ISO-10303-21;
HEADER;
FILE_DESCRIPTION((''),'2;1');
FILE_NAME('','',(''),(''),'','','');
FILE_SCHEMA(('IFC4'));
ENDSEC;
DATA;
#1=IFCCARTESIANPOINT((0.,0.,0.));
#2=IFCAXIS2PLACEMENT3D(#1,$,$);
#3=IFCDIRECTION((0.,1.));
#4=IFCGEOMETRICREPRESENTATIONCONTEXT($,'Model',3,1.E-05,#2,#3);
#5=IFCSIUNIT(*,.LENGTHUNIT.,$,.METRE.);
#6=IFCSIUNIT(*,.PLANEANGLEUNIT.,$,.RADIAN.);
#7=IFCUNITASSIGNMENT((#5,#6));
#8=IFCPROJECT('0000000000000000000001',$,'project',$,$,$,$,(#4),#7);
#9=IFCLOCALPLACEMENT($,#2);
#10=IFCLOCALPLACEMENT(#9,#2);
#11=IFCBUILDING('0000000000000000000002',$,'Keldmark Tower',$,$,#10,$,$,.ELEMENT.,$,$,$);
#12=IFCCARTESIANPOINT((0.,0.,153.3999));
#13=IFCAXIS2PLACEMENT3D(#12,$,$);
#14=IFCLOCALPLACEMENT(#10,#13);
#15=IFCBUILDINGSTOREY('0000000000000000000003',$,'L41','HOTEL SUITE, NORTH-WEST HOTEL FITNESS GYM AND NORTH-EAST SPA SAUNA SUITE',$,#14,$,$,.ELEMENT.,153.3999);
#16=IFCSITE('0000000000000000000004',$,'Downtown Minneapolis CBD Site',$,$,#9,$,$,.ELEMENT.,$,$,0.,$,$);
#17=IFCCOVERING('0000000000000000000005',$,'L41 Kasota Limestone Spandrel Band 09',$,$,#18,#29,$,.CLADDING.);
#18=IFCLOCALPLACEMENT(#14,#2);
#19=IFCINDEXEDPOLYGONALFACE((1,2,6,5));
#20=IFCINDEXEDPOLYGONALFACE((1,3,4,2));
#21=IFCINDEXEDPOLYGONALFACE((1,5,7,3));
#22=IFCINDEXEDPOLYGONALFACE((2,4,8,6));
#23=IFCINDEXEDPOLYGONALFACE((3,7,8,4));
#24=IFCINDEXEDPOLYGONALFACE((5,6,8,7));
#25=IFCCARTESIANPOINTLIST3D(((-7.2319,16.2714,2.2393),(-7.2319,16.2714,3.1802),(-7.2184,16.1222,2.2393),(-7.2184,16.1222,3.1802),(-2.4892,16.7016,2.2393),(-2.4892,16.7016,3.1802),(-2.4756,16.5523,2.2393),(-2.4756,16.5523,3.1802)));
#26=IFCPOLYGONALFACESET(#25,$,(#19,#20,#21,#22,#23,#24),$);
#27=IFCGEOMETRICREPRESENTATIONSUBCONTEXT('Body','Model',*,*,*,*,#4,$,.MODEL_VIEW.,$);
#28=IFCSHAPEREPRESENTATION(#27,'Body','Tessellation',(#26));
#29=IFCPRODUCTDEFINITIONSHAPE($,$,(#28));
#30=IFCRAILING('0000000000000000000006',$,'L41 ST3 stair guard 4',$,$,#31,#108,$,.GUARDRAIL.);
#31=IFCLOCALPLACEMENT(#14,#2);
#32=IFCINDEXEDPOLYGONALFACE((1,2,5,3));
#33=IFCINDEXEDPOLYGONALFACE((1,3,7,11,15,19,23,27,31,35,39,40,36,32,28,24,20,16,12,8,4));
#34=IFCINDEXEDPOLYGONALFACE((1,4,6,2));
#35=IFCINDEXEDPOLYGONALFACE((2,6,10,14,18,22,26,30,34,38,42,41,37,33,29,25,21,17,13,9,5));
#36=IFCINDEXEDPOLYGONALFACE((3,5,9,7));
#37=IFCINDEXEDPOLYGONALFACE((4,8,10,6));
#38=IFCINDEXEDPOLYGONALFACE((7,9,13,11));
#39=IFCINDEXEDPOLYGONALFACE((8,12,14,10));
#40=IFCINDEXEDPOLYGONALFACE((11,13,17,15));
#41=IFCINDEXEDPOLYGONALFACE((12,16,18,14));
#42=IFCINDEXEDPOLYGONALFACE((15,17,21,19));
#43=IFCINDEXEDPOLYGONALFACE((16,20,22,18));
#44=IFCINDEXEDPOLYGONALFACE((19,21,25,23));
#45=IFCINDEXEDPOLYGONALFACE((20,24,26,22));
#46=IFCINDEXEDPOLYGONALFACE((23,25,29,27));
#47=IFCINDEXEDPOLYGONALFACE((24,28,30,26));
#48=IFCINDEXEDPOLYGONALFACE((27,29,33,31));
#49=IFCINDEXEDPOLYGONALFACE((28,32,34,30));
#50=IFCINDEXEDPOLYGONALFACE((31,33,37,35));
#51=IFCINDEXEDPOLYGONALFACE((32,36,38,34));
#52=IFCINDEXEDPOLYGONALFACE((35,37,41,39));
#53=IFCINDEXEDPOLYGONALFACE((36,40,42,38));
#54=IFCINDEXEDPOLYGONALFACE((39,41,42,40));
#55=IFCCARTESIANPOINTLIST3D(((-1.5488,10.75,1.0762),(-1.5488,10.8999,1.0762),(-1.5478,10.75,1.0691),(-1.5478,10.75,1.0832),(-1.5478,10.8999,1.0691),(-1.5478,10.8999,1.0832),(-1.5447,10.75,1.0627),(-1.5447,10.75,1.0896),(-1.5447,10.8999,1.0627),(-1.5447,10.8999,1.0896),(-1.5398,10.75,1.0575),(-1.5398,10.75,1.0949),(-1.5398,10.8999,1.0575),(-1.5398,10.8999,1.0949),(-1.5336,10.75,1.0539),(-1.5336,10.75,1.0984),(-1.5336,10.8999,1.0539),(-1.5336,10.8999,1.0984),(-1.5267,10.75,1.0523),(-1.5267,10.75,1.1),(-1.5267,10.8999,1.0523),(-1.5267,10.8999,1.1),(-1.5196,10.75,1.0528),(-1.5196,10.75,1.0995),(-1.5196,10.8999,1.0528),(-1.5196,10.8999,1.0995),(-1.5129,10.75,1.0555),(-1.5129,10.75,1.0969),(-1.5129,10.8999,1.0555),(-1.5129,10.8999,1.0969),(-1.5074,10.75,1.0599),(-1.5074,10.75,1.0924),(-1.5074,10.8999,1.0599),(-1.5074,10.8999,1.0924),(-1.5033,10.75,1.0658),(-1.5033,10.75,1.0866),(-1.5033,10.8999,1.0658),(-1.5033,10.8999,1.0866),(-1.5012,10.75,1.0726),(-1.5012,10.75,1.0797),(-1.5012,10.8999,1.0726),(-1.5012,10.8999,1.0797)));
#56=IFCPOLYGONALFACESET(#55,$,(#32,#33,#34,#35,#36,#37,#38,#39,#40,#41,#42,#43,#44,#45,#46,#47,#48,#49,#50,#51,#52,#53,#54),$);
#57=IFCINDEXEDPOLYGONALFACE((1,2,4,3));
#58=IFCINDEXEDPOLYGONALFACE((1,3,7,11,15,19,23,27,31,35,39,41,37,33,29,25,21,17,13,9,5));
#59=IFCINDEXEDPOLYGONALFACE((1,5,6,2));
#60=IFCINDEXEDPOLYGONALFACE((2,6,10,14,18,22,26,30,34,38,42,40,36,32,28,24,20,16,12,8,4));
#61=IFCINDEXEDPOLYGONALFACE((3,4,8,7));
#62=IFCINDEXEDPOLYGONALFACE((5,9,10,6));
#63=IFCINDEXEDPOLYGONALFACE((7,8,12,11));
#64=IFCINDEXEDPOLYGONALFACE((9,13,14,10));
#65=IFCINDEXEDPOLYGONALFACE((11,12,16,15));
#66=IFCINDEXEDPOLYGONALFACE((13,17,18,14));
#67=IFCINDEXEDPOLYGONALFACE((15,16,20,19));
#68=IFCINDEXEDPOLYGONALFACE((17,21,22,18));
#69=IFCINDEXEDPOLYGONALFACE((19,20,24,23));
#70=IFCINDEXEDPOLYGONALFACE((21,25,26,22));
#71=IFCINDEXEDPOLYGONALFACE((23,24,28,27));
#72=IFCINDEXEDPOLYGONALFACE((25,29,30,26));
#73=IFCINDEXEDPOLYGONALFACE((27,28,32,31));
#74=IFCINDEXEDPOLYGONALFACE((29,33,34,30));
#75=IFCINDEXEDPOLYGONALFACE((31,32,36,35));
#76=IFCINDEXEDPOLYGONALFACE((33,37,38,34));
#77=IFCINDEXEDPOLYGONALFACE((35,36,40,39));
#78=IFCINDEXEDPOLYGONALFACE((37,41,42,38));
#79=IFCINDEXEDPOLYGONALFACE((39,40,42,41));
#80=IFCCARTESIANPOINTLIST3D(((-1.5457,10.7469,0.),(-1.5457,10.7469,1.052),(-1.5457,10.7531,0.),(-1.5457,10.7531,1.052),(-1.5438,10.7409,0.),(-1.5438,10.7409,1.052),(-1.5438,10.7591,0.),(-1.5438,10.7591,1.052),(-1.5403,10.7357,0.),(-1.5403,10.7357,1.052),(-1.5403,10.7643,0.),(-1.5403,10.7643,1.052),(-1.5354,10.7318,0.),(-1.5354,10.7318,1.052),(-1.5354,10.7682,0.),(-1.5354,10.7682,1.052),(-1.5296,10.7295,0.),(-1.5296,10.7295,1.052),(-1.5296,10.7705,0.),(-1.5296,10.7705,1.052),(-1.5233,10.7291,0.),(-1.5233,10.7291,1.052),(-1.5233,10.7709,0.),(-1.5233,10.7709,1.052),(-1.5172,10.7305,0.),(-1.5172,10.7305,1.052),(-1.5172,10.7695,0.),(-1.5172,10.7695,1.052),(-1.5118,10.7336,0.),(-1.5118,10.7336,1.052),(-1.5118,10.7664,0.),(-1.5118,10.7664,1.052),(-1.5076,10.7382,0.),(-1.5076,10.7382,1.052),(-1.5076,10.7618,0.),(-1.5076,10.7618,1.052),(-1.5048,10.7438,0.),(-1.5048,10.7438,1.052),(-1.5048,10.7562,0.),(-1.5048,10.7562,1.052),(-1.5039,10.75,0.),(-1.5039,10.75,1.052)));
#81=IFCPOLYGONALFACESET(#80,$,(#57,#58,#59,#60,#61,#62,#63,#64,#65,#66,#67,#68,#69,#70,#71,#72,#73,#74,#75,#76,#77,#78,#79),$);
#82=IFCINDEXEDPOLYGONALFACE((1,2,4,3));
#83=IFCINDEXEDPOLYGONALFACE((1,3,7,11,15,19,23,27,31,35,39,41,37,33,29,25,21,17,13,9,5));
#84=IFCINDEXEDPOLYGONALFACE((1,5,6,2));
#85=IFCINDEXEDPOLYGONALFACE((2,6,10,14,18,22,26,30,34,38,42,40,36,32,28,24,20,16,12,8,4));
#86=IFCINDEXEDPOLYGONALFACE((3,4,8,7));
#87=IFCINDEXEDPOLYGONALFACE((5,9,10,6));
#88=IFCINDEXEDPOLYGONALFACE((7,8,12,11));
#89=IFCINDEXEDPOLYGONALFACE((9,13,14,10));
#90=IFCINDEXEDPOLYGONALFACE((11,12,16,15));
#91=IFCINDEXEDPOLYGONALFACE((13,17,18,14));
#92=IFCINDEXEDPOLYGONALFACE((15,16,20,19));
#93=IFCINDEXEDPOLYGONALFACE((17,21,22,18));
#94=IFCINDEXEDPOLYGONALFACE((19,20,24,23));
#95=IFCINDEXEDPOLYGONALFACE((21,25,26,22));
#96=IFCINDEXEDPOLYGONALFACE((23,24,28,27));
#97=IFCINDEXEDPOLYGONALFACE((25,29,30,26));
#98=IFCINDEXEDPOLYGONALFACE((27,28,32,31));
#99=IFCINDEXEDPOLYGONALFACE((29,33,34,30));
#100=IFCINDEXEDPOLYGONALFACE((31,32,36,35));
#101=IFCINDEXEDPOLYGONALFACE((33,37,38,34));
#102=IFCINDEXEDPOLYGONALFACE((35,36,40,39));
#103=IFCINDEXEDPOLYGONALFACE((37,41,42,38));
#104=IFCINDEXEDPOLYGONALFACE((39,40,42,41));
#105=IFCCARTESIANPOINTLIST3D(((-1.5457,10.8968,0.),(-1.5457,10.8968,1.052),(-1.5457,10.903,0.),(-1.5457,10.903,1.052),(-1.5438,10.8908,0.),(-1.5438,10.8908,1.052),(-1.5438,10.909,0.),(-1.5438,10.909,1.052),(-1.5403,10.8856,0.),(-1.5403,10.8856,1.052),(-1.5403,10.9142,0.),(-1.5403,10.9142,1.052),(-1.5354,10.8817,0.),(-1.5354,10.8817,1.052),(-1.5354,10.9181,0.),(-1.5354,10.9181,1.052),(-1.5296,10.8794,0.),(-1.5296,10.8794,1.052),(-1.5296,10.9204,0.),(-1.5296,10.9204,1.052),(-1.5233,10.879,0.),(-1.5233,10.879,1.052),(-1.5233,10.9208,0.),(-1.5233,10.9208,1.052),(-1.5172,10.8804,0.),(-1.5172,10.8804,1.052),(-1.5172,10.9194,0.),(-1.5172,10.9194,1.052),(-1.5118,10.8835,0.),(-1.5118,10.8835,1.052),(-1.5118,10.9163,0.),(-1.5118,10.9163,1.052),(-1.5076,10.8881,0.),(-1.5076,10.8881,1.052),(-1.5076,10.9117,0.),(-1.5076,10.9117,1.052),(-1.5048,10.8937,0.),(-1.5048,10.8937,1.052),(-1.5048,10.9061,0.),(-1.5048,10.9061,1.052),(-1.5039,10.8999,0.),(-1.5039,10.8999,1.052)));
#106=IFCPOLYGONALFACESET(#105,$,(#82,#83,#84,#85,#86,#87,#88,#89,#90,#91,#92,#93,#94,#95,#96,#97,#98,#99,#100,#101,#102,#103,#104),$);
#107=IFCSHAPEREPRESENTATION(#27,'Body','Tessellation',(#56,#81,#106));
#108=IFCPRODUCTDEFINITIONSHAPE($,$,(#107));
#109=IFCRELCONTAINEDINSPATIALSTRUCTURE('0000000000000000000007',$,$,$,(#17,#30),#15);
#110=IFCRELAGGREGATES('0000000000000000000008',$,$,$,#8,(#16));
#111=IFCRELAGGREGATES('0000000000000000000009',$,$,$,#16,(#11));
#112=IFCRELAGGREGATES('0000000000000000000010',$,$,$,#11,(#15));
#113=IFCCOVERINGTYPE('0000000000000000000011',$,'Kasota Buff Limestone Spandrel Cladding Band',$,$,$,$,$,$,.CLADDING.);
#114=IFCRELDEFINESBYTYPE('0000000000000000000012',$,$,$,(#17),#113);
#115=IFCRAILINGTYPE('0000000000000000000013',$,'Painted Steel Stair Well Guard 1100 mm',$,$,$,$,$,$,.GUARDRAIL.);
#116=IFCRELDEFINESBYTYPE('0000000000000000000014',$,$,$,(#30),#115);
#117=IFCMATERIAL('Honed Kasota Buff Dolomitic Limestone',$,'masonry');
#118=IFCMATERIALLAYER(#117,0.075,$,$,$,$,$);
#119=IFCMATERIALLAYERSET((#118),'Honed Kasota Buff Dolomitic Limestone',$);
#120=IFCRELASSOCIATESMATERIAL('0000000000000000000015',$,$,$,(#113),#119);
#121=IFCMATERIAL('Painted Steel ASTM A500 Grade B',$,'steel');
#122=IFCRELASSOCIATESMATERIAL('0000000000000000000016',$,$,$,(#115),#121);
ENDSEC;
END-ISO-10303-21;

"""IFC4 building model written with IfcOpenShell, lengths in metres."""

from ifc_helpers import new_model, si_unit, direction, frame, origin, origin_2d, place, context, subcontext, project, spatial, rectangle, circle, extrude, material, layer, layer_set, type_object, element, save


model = new_model("IFC4")

# Units and contexts
model_context = context("Model", 3, precision=1e-05, world=origin(), true_north=direction((0.0, 1.0)))
body_context = subcontext(model_context, "Body", "Model", "MODEL_VIEW")
ifc_project = project(units=[si_unit("LENGTHUNIT", "METRE"), si_unit("PLANEANGLEUNIT", "RADIAN")], contexts=[model_context])

# Site, building, storey
site_placement = place(None, origin())
site = spatial("IfcSite", under=ifc_project, at=site_placement, Name="Downtown Minneapolis CBD Site", CompositionType="ELEMENT", RefElevation=0.0)
building_placement = place(site_placement, origin())
building = spatial("IfcBuilding", under=site, at=building_placement, Name="Keldmark Tower", CompositionType="ELEMENT")
storey_placement = place(building_placement, frame((0.0, 0.0, 153.3999)))
storey = spatial("IfcBuildingStorey", under=building, at=storey_placement, Name="L41", Description="HOTEL SUITE, NORTH-WEST HOTEL FITNESS GYM AND NORTH-EAST SPA SAUNA SUITE", CompositionType="ELEMENT", Elevation=153.3999)

# Covering
ifc_material_1 = material(Name="Honed Kasota Buff Dolomitic Limestone", Category="masonry")
ifc_layer_1 = layer(ifc_material_1, 0.075)
ifc_layer_set_1 = layer_set([ifc_layer_1], Name="Honed Kasota Buff Dolomitic Limestone")
covering_type = type_object("IfcCoveringType", Name="Kasota Buff Limestone Spandrel Cladding Band", PredefinedType="CLADDING", material=ifc_layer_set_1)
covering_placement = place(storey_placement, frame((-4.8538, 16.4119, 2.2393), z_axis=(0.0, 0.0, 1.0), x_axis=(-0.995913, -0.09032, 0.0)))
element("IfcCovering", 1, at=covering_placement, inside=storey, type_object=covering_type, Name="L41 Kasota Limestone Spandrel Band 09", PredefinedType="CLADDING", context=body_context, shape_type="SweptSolid", body=[
    extrude(rectangle(XDim=4.7622, YDim=0.1499, at=origin_2d()), origin(), (0.0, 0.0, 1.0), 0.9409),
])

# Railing
ifc_material_2 = material(Name="Painted Steel ASTM A500 Grade B", Category="steel")
railing_type = type_object("IfcRailingType", Name="Painted Steel Stair Well Guard 1100 mm", PredefinedType="GUARDRAIL", material=ifc_material_2)
railing_placement = place(storey_placement, frame((-1.5249, 10.75, 0.0)))
element("IfcRailing", 2, at=railing_placement, inside=storey, type_object=railing_type, Name="L41 ST3 stair guard 4", PredefinedType="GUARDRAIL", context=body_context, shape_type="SweptSolid", body=[
    extrude(circle(Radius=0.0239, at=origin_2d()), frame((0.0, 0.0, 1.0762), z_axis=(0.0, 1.0, 0.0), x_axis=(-1.0, 0.0, 0.0)), (0.0, 0.0, 1.0), 0.1499),
    extrude(circle(Radius=0.021, at=origin_2d()), origin(), (0.0, 0.0, 1.0), 1.052),
    extrude(circle(Radius=0.021, at=origin_2d()), frame((0.0, 0.1499, 0.0)), (0.0, 0.0, 1.0), 1.052),
])

save(model, "model.ifc")
